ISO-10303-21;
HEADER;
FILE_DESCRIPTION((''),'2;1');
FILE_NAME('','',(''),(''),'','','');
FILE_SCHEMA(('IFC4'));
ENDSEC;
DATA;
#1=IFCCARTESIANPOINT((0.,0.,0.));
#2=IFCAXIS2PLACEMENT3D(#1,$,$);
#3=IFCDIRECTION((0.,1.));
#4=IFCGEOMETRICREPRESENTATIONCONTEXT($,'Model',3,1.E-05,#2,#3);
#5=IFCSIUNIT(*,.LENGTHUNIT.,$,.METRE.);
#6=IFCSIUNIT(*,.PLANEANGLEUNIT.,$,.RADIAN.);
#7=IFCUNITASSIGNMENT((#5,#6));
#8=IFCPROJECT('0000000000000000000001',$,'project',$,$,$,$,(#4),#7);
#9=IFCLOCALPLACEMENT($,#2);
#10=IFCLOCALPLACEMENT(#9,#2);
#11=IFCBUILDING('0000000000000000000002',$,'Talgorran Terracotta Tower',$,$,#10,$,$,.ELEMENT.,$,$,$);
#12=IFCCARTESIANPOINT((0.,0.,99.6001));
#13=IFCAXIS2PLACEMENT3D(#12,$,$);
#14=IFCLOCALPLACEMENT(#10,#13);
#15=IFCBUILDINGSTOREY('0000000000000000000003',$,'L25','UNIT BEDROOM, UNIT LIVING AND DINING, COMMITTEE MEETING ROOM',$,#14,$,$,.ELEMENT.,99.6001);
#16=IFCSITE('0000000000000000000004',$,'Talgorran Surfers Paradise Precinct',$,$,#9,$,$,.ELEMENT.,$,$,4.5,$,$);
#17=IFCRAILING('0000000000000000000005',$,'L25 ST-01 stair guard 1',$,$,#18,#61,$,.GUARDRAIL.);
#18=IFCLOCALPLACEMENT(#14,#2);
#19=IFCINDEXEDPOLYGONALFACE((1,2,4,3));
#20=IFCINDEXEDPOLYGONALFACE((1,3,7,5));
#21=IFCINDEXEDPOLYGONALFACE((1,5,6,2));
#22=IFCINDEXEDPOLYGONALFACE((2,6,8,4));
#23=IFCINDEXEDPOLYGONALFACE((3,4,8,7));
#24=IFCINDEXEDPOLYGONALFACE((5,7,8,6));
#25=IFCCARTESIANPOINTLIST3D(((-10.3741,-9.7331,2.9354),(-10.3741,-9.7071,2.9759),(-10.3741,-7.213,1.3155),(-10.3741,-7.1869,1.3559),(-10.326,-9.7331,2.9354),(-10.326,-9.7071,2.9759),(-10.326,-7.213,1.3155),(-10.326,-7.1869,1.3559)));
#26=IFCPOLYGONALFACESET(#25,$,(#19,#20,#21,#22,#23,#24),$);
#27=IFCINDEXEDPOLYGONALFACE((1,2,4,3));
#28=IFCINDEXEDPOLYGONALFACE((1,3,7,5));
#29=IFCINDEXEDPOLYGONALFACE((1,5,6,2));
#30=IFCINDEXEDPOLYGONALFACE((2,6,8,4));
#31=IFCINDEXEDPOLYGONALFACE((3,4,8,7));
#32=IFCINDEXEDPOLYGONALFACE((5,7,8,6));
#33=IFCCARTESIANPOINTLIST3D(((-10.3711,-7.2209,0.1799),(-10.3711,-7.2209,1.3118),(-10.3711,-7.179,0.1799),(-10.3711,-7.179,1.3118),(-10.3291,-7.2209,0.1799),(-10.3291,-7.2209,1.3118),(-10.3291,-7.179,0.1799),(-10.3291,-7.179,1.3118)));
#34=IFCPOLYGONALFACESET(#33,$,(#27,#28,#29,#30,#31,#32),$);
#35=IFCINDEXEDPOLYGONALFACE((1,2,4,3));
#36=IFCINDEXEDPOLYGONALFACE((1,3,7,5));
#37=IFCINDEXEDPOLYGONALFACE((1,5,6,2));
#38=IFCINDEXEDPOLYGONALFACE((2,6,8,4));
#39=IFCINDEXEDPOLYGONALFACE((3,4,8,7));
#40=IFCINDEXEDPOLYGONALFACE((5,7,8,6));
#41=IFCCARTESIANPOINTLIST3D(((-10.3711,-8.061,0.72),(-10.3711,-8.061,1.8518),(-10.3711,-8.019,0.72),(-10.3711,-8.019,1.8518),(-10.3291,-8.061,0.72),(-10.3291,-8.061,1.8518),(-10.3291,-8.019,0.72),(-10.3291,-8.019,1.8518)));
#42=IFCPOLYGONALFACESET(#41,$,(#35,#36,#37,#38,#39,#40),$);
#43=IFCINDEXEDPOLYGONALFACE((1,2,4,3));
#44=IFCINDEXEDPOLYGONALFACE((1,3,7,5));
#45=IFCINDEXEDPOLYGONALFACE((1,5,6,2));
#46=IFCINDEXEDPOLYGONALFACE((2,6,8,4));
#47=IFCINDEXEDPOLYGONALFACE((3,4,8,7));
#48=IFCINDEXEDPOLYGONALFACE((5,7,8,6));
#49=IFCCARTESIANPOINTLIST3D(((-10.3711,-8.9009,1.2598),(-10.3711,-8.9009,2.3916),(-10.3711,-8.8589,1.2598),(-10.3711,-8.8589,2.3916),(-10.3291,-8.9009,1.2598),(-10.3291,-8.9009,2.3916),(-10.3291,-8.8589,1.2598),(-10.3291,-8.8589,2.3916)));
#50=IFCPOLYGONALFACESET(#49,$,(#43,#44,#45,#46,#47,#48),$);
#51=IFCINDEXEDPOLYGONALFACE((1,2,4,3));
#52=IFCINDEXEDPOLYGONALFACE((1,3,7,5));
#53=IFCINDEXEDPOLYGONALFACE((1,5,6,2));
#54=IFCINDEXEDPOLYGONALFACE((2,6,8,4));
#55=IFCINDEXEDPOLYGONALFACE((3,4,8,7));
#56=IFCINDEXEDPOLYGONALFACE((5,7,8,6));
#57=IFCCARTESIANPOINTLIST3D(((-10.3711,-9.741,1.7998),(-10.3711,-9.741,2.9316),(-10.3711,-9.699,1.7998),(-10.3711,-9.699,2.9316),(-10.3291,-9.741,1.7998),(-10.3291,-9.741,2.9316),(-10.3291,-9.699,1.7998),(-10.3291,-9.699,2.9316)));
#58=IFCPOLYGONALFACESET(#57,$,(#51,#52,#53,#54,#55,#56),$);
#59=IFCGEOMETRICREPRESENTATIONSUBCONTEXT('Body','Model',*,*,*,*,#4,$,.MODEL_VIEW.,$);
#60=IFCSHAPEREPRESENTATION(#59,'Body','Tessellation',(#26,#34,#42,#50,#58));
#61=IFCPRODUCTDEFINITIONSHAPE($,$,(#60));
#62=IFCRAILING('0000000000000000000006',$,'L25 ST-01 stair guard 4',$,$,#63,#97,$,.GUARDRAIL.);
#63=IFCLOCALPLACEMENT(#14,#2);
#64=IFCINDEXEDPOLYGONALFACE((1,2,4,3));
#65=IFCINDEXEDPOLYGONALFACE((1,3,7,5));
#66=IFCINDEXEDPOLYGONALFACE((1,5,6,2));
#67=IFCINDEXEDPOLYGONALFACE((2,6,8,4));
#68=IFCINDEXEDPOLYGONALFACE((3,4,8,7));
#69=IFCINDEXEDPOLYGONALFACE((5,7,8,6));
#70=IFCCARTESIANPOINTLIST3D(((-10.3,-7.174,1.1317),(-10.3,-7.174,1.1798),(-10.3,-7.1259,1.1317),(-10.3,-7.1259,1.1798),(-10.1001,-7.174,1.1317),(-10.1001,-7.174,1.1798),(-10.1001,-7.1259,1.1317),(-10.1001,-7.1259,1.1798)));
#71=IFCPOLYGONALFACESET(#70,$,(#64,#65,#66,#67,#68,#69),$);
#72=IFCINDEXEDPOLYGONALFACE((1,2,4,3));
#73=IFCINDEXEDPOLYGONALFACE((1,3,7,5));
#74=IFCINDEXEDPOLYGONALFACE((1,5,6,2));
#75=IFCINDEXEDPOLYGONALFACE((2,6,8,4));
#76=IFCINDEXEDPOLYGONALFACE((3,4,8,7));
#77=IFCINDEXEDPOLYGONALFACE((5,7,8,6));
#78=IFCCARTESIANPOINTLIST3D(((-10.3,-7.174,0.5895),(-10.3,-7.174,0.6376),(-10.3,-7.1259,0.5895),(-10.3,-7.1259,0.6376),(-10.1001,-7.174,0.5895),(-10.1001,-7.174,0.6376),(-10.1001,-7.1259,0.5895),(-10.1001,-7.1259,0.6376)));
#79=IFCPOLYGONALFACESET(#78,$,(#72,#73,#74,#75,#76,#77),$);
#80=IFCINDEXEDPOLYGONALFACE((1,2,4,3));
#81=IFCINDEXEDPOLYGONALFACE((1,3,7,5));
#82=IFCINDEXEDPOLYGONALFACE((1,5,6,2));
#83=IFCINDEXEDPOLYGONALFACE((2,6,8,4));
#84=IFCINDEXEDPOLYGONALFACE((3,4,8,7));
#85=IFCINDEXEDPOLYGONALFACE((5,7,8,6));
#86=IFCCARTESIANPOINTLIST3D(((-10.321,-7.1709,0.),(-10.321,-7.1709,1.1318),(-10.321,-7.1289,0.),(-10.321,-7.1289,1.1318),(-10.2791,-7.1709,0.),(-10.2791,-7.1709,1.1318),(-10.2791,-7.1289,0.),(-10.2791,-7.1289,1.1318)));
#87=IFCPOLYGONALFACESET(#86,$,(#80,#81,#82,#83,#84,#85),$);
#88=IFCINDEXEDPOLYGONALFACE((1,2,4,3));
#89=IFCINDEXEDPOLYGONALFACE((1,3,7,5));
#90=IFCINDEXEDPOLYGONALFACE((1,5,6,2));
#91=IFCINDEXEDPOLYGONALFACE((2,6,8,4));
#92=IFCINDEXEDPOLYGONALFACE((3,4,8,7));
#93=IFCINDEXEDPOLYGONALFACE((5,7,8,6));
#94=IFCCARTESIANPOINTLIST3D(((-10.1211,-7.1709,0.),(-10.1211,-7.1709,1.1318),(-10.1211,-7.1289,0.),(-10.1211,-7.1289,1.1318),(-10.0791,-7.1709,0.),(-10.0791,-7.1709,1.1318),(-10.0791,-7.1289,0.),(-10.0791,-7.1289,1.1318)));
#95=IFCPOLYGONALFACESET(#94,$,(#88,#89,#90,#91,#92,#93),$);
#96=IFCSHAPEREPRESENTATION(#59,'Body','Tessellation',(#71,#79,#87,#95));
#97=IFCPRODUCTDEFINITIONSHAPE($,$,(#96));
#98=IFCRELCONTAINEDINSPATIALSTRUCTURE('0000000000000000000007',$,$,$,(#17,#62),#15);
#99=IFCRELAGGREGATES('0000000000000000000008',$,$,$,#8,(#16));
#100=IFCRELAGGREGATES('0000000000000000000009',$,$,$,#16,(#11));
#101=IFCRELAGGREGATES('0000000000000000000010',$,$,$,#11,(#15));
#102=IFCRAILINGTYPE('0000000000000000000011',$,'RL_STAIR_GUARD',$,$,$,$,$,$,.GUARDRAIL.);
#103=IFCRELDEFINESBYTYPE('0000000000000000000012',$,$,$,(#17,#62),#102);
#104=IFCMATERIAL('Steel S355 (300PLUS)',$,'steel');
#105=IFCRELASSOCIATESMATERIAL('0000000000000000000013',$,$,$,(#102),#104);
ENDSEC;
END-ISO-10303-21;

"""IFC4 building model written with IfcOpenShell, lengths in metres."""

from ifc_helpers import new_model, si_unit, direction, frame, origin, origin_2d, place, context, subcontext, project, spatial, rectangle, extrude, material, type_object, element, save


model = new_model("IFC4")

# Units and contexts
model_context = context("Model", 3, precision=1e-05, world=origin(), true_north=direction((0.0, 1.0)))
body_context = subcontext(model_context, "Body", "Model", "MODEL_VIEW")
ifc_project = project(units=[si_unit("LENGTHUNIT", "METRE"), si_unit("PLANEANGLEUNIT", "RADIAN")], contexts=[model_context])

# Site, building, storey
site_placement = place(None, origin())
site = spatial("IfcSite", under=ifc_project, at=site_placement, Name="Talgorran Surfers Paradise Precinct", CompositionType="ELEMENT", RefElevation=4.5)
building_placement = place(site_placement, origin())
building = spatial("IfcBuilding", under=site, at=building_placement, Name="Talgorran Terracotta Tower", CompositionType="ELEMENT")
storey_placement = place(building_placement, frame((0.0, 0.0, 99.6001)))
storey = spatial("IfcBuildingStorey", under=building, at=storey_placement, Name="L25", Description="UNIT BEDROOM, UNIT LIVING AND DINING, COMMITTEE MEETING ROOM", CompositionType="ELEMENT", Elevation=99.6001)

# Shared definitions
ifc_material_1 = material(Name="Steel S355 (300PLUS)", Category="steel")

# Railings
railing_type = type_object("IfcRailingType", Name="RL_STAIR_GUARD", PredefinedType="GUARDRAIL", material=ifc_material_1)
railing_1_placement = place(storey_placement, frame((-10.3501, -7.2, 0.1799)))
element("IfcRailing", 1, at=railing_1_placement, inside=storey, type_object=railing_type, Name="L25 ST-01 stair guard 1", PredefinedType="GUARDRAIL", context=body_context, shape_type="SweptSolid", body=[
    extrude(rectangle(XDim=0.0481, YDim=0.0481, at=origin_2d()), frame((0.0, 0.0, 1.1558), z_axis=(0.0, -0.8412, 0.540725), x_axis=(1.0, 0.0, 0.0)), (0.0, 0.0, 1.0), 2.9958),
    extrude(rectangle(XDim=0.042, YDim=0.042, at=origin_2d()), origin(), (0.0, 0.0, 1.0), 1.1318),
    extrude(rectangle(XDim=0.042, YDim=0.042, at=origin_2d()), frame((0.0, -0.8401, 0.54)), (0.0, 0.0, 1.0), 1.1318),
    extrude(rectangle(XDim=0.042, YDim=0.042, at=origin_2d()), frame((0.0, -1.6799, 1.0798)), (0.0, 0.0, 1.0), 1.1318),
    extrude(rectangle(XDim=0.042, YDim=0.042, at=origin_2d()), frame((0.0, -2.52, 1.6199)), (0.0, 0.0, 1.0), 1.1318),
])
railing_2_placement = place(storey_placement, frame((-10.3, -7.1499, 0.0)))
element("IfcRailing", 2, at=railing_2_placement, inside=storey, type_object=railing_type, Name="L25 ST-01 stair guard 4", PredefinedType="GUARDRAIL", context=body_context, shape_type="SweptSolid", body=[
    extrude(rectangle(XDim=0.0481, YDim=0.0481, at=origin_2d()), frame((0.0, 0.0, 1.1558), z_axis=(1.0, 0.0, 0.0), x_axis=(0.0, 1.0, 0.0)), (0.0, 0.0, 1.0), 0.2),
    extrude(rectangle(XDim=0.0481, YDim=0.0481, at=origin_2d()), frame((0.0, 0.0, 0.6135), z_axis=(1.0, 0.0, 0.0), x_axis=(0.0, 1.0, 0.0)), (0.0, 0.0, 1.0), 0.2),
    extrude(rectangle(XDim=0.042, YDim=0.042, at=origin_2d()), origin(), (0.0, 0.0, 1.0), 1.1318),
    extrude(rectangle(XDim=0.042, YDim=0.042, at=origin_2d()), frame((0.2, 0.0, 0.0)), (0.0, 0.0, 1.0), 1.1318),
])

save(model, "model.ifc")
